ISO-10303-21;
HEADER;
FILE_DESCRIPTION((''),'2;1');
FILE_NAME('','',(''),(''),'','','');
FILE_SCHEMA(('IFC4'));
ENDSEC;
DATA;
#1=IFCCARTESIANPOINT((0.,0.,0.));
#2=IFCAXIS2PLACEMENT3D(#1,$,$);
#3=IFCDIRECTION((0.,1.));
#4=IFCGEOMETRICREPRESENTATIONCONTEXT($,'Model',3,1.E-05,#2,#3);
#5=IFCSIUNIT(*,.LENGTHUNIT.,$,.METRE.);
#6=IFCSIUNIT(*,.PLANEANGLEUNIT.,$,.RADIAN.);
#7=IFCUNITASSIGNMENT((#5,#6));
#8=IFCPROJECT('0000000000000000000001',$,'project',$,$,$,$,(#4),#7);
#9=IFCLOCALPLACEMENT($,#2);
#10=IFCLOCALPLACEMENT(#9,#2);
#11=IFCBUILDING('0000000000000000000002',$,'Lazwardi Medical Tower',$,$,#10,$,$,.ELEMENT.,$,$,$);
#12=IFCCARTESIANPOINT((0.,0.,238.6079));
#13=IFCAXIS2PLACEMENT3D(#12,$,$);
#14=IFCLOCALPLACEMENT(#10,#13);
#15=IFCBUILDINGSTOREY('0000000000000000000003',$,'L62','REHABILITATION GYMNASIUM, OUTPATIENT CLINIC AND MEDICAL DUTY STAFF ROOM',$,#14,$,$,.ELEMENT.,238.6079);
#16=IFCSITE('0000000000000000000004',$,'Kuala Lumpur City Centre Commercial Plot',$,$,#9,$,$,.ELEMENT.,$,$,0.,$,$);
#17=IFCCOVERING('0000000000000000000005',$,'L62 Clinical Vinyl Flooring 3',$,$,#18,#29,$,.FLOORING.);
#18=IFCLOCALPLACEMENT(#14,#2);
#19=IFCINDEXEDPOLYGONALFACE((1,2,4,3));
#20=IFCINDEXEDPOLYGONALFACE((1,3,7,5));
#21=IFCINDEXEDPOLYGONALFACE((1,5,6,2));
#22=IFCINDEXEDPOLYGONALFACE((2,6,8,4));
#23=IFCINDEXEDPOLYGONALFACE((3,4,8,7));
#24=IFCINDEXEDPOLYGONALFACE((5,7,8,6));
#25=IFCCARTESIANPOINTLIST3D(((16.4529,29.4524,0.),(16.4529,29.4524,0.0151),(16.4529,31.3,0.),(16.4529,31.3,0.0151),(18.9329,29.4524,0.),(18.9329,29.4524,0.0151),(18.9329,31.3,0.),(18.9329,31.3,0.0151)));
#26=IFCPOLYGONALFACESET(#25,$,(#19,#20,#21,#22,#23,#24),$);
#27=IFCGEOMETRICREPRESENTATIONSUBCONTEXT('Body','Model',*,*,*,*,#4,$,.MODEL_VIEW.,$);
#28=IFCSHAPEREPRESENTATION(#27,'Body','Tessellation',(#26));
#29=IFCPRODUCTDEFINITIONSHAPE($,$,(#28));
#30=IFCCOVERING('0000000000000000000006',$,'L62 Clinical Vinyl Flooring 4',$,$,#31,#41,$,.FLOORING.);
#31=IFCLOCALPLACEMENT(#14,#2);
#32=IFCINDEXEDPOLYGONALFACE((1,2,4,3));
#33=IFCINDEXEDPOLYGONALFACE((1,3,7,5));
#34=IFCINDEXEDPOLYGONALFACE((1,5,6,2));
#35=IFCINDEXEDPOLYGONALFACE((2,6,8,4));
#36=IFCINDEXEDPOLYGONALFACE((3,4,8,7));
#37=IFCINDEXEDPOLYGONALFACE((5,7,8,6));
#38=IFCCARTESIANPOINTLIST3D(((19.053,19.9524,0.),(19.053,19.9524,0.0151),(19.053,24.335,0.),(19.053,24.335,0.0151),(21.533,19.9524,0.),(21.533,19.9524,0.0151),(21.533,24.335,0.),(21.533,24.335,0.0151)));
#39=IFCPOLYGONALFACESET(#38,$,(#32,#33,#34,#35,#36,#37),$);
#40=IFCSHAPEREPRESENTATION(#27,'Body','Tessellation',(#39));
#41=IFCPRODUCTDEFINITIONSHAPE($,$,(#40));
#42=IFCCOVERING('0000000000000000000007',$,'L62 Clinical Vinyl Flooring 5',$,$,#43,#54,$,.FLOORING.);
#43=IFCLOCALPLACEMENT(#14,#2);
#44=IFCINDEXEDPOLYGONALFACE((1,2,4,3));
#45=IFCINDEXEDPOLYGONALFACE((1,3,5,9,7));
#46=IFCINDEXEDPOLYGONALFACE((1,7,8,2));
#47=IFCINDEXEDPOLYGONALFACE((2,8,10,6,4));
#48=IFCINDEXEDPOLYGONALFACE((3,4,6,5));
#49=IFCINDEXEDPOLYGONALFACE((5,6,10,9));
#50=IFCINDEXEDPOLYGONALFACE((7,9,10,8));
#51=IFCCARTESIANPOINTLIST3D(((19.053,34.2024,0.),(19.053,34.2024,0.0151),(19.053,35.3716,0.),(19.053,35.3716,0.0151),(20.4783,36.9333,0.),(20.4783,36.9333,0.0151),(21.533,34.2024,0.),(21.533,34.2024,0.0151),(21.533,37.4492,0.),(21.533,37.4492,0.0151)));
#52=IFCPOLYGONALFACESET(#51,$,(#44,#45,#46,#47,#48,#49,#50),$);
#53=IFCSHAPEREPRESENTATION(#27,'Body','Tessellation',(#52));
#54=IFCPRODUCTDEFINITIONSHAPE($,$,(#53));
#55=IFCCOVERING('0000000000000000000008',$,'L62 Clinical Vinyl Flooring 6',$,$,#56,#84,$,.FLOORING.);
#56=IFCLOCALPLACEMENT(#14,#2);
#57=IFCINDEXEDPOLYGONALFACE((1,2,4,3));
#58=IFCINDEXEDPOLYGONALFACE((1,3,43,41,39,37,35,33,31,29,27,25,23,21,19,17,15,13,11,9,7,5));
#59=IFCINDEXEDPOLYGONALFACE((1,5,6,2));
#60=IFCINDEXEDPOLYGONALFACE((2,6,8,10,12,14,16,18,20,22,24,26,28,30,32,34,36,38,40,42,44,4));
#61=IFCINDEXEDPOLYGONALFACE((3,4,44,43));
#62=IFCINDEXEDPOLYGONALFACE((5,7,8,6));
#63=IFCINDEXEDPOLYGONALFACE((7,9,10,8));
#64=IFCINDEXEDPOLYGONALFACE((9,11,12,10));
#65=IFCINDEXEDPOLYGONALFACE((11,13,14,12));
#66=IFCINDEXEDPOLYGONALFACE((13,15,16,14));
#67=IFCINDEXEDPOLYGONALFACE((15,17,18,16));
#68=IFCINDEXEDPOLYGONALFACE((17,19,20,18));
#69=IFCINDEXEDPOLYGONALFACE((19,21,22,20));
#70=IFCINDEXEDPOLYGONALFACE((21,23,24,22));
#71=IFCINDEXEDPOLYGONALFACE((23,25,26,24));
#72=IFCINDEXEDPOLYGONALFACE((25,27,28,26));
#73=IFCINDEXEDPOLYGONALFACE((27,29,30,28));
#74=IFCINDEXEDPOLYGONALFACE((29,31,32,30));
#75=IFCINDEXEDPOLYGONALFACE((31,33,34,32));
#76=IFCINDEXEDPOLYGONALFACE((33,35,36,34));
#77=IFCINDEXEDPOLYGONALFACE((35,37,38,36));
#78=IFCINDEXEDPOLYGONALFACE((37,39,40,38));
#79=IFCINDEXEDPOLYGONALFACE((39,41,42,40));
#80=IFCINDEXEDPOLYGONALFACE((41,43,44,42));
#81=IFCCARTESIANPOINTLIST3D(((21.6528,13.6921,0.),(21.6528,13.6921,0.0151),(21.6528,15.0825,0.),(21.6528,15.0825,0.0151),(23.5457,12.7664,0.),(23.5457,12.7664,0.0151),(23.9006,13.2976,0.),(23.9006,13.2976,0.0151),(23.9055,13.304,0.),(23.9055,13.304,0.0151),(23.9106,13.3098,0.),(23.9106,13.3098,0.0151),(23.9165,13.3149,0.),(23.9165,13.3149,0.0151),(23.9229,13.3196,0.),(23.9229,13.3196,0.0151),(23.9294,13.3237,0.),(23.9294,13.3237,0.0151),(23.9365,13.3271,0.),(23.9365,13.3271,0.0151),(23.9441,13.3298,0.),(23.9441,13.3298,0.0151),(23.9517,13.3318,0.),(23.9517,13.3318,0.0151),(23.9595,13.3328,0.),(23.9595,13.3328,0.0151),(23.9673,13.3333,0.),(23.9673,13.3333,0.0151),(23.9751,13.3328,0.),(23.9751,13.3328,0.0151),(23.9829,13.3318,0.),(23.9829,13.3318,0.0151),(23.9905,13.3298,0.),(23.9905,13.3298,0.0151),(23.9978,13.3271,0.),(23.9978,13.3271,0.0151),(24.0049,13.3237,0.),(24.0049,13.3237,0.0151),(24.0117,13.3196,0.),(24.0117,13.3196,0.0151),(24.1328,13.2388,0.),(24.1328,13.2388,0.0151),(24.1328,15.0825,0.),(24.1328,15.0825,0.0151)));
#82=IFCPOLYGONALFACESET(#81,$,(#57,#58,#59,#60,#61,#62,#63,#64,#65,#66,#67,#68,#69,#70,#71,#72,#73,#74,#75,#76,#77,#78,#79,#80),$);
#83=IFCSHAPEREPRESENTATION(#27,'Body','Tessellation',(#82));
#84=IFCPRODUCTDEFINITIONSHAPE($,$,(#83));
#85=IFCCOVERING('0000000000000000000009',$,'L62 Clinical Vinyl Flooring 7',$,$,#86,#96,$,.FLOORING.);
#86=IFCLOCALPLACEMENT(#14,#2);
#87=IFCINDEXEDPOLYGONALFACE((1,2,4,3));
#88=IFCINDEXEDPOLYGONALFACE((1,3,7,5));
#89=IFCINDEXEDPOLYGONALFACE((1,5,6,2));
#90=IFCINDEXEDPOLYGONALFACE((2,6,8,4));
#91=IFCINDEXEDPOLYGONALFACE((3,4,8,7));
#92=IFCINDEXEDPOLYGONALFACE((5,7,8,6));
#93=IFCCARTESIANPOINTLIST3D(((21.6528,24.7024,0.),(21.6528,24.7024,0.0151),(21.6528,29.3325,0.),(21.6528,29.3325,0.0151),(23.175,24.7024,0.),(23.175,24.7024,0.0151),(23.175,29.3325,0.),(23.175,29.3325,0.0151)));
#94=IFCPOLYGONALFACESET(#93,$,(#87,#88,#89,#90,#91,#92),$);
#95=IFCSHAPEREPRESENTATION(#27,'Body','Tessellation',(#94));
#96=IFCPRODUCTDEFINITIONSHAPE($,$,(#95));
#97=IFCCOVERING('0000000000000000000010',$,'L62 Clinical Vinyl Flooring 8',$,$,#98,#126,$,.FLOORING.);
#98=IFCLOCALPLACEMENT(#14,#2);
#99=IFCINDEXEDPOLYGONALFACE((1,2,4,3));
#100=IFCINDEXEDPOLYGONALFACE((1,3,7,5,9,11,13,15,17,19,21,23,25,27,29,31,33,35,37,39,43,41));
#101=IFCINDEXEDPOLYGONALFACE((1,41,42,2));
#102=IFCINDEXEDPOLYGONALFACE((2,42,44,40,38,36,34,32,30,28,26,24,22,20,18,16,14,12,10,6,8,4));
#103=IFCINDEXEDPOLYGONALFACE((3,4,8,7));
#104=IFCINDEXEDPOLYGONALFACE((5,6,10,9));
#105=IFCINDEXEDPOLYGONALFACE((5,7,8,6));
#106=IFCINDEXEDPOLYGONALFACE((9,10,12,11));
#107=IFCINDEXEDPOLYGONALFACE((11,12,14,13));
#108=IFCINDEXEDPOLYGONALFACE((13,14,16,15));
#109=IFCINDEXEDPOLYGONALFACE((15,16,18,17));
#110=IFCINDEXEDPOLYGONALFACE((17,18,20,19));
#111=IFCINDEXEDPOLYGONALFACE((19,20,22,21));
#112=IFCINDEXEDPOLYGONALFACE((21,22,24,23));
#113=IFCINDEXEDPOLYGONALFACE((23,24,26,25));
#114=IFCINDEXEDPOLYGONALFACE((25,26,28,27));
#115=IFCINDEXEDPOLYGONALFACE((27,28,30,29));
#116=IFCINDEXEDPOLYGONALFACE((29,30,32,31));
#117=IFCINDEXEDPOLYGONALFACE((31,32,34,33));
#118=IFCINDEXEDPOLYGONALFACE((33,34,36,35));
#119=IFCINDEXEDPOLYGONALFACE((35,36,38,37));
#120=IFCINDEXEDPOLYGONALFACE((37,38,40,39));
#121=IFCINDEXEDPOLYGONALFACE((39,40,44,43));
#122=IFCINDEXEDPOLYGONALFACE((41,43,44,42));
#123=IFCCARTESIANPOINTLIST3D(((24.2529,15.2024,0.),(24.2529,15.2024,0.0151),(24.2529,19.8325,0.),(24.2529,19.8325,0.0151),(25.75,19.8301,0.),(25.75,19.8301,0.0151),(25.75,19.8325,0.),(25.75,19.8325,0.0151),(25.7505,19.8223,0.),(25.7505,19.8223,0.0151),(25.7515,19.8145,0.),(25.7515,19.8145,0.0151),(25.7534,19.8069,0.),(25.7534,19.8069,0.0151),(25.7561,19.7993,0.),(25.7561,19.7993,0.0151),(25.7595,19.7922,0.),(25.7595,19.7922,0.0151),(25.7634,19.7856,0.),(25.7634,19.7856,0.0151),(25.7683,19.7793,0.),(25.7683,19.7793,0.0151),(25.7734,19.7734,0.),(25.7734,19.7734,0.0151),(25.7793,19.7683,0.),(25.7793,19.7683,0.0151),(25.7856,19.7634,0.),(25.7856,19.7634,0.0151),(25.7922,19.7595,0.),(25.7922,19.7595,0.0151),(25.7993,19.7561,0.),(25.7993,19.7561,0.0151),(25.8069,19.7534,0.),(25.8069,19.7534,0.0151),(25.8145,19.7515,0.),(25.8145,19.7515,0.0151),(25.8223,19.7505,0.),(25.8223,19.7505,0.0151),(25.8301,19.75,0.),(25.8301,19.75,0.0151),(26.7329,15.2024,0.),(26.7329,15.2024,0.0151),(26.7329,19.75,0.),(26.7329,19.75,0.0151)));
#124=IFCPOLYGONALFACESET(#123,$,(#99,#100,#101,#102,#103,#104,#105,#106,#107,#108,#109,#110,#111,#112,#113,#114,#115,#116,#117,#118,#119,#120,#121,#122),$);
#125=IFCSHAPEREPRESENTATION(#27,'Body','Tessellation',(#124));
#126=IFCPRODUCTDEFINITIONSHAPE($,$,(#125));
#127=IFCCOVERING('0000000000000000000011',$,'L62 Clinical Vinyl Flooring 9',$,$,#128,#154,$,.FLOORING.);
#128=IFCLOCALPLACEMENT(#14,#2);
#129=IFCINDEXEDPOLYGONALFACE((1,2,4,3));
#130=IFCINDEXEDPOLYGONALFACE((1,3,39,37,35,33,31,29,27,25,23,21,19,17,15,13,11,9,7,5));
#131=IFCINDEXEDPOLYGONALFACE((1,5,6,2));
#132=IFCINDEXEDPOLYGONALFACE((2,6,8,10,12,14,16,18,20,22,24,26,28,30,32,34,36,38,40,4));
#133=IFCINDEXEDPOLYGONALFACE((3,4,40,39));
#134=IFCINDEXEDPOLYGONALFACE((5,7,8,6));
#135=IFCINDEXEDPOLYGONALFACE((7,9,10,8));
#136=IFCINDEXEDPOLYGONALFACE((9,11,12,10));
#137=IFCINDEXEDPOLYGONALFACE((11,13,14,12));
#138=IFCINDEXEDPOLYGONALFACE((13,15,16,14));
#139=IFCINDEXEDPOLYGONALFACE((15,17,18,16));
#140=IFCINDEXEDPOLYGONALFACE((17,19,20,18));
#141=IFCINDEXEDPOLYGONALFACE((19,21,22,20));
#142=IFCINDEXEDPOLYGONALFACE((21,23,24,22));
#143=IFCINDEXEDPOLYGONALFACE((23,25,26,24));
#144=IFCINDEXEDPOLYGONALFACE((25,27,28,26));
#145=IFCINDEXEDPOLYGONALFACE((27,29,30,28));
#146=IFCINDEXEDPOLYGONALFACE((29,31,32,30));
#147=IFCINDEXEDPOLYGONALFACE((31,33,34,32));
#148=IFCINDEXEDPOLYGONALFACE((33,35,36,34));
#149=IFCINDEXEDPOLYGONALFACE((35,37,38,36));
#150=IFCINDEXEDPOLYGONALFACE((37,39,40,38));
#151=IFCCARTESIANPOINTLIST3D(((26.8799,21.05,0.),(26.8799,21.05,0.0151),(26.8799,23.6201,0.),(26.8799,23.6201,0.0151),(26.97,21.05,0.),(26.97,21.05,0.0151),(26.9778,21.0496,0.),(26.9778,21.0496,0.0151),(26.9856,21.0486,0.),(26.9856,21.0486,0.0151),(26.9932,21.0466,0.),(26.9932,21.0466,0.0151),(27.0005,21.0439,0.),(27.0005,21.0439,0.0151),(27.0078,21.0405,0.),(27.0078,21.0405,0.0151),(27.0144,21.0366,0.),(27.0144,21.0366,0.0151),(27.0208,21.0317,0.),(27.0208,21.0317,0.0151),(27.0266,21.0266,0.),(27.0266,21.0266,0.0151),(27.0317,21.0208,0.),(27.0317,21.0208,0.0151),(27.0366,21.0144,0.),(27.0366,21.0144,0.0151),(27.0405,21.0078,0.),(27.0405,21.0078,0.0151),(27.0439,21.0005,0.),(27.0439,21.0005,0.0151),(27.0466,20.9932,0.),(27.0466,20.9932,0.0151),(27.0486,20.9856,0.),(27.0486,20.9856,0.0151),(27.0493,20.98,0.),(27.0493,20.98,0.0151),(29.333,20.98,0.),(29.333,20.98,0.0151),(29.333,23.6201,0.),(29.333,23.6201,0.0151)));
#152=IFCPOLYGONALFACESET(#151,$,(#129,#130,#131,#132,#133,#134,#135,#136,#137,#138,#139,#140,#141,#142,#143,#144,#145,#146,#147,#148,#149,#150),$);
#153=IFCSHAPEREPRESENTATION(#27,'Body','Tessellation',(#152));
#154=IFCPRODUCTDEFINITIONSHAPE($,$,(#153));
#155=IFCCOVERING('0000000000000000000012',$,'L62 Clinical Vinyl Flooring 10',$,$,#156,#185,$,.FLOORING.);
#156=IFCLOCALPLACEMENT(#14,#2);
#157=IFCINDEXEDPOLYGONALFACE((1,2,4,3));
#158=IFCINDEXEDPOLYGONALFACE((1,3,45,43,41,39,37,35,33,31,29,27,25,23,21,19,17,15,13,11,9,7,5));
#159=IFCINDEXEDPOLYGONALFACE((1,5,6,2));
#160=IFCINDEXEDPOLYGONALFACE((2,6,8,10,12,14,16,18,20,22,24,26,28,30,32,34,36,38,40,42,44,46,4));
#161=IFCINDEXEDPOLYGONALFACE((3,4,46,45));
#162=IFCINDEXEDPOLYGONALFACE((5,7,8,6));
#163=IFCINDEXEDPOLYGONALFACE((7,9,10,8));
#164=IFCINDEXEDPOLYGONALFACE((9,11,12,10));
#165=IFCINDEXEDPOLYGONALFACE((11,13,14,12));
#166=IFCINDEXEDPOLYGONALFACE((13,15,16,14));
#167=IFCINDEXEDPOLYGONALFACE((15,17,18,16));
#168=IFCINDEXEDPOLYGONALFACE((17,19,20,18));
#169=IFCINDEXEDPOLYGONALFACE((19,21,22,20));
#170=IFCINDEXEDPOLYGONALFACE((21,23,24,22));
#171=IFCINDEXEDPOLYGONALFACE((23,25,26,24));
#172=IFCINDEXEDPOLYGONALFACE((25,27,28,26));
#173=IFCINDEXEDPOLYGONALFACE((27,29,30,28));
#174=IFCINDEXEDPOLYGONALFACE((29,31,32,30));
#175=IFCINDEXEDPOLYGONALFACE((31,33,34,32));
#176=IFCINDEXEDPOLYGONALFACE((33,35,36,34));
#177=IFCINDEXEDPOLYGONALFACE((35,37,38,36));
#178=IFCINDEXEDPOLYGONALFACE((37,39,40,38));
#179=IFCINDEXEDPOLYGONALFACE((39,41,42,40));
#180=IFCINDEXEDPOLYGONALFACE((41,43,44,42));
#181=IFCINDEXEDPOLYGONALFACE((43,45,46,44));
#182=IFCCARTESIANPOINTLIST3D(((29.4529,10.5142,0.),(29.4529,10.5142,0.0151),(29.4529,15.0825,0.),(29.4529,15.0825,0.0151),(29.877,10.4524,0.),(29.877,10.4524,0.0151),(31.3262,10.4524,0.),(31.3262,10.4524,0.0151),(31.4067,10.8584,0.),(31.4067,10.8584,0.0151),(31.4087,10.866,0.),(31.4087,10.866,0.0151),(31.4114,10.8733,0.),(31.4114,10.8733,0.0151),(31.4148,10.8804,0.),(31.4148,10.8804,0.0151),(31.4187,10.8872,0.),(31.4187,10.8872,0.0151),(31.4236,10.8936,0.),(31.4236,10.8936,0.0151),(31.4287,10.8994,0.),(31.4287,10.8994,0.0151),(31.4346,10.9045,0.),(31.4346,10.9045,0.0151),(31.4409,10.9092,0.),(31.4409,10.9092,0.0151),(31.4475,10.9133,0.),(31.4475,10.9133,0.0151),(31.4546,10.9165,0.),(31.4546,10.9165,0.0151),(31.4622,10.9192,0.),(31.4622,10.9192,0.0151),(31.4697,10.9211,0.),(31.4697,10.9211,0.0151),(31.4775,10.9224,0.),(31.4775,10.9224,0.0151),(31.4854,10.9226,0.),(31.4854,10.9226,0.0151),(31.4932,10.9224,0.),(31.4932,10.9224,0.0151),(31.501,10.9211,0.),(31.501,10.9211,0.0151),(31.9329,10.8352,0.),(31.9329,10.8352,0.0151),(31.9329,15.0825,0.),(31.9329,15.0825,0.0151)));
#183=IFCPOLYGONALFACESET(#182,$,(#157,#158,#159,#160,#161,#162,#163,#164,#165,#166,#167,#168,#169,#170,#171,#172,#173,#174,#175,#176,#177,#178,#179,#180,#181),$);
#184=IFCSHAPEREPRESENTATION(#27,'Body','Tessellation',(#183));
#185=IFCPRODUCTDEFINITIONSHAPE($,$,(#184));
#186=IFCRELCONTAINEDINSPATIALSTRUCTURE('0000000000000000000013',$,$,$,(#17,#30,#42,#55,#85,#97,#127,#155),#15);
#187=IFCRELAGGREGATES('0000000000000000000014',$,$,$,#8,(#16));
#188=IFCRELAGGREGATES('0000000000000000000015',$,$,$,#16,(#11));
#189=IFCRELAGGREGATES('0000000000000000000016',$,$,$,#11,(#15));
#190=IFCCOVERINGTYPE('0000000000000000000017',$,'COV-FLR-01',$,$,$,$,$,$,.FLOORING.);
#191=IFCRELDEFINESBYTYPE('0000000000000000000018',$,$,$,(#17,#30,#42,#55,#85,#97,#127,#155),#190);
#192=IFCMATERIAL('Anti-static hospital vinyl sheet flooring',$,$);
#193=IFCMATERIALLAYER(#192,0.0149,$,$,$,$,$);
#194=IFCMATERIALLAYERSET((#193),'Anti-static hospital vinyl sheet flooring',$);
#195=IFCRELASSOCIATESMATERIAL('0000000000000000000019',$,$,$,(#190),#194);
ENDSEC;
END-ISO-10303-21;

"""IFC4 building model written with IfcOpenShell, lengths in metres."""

from ifc_helpers import new_model, si_unit, direction, frame, origin, place, context, subcontext, project, spatial, polyline, outline, extrude, material, layer, layer_set, type_object, element, save


model = new_model("IFC4")

# Units and contexts
model_context = context("Model", 3, precision=1e-05, world=origin(), true_north=direction((0.0, 1.0)))
body_context = subcontext(model_context, "Body", "Model", "MODEL_VIEW")
ifc_project = project(units=[si_unit("LENGTHUNIT", "METRE"), si_unit("PLANEANGLEUNIT", "RADIAN")], contexts=[model_context])

# Site, building, storey
site_placement = place(None, origin())
site = spatial("IfcSite", under=ifc_project, at=site_placement, Name="Kuala Lumpur City Centre Commercial Plot", CompositionType="ELEMENT", RefElevation=0.0)
building_placement = place(site_placement, origin())
building = spatial("IfcBuilding", under=site, at=building_placement, Name="Lazwardi Medical Tower", CompositionType="ELEMENT")
storey_placement = place(building_placement, frame((0.0, 0.0, 238.6079)))
storey = spatial("IfcBuildingStorey", under=building, at=storey_placement, Name="L62", Description="REHABILITATION GYMNASIUM, OUTPATIENT CLINIC AND MEDICAL DUTY STAFF ROOM", CompositionType="ELEMENT", Elevation=238.6079)

# Coverings
ifc_material_1 = material(Name="Anti-static hospital vinyl sheet flooring")
ifc_layer_1 = layer(ifc_material_1, 0.0149)
ifc_layer_set_1 = layer_set([ifc_layer_1], Name="Anti-static hospital vinyl sheet flooring")
covering_type_1 = type_object("IfcCoveringType", Name="COV-FLR-01", PredefinedType="FLOORING", material=ifc_layer_set_1)
covering_1_placement = place(storey_placement, origin())
element("IfcCovering", 1, at=covering_1_placement, inside=storey, type_object=covering_type_1, Name="L62 Clinical Vinyl Flooring 3", PredefinedType="FLOORING", context=body_context, shape_type="SweptSolid", body=[
    extrude(outline(polyline([(18.9329, 31.3), (16.4529, 31.3), (16.4529, 29.4524), (18.9329, 29.4524), (18.9329, 31.3)])), origin(), (0.0, 0.0, 1.0), 0.0151),
])
covering_2_placement = place(storey_placement, origin())
element("IfcCovering", 2, at=covering_2_placement, inside=storey, type_object=covering_type_1, Name="L62 Clinical Vinyl Flooring 4", PredefinedType="FLOORING", context=body_context, shape_type="SweptSolid", body=[
    extrude(outline(polyline([(21.533, 24.335), (19.053, 24.335), (19.053, 19.9524), (21.533, 19.9524), (21.533, 24.335)])), origin(), (0.0, 0.0, 1.0), 0.0151),
])
covering_3_placement = place(storey_placement, origin())
element("IfcCovering", 3, at=covering_3_placement, inside=storey, type_object=covering_type_1, Name="L62 Clinical Vinyl Flooring 5", PredefinedType="FLOORING", context=body_context, shape_type="SweptSolid", body=[
    extrude(outline(polyline([(21.533, 37.4492), (20.4783, 36.9333), (19.053, 35.3716), (19.053, 34.2024), (21.533, 34.2024), (21.533, 37.4492)])), origin(), (0.0, 0.0, 1.0), 0.0151),
])
covering_4_placement = place(storey_placement, origin())
element("IfcCovering", 4, at=covering_4_placement, inside=storey, type_object=covering_type_1, Name="L62 Clinical Vinyl Flooring 6", PredefinedType="FLOORING", context=body_context, shape_type="SweptSolid", body=[
    extrude(outline(polyline([(21.6528, 13.6921), (23.5457, 12.7664), (23.9006, 13.2976), (23.9055, 13.304), (23.9106, 13.3098), (23.9165, 13.3149), (23.9229, 13.3196), (23.9294, 13.3237), (23.9365, 13.3271), (23.9441, 13.3298), (23.9517, 13.3318), (23.9595, 13.3328), (23.9673, 13.3333), (23.9751, 13.3328), (23.9829, 13.3318), (23.9905, 13.3298), (23.9978, 13.3271), (24.0049, 13.3237), (24.0117, 13.3196), (24.1328, 13.2388), (24.1328, 15.0825), (21.6528, 15.0825), (21.6528, 13.6921)])), origin(), (0.0, 0.0, 1.0), 0.0151),
])
covering_5_placement = place(storey_placement, origin())
element("IfcCovering", 5, at=covering_5_placement, inside=storey, type_object=covering_type_1, Name="L62 Clinical Vinyl Flooring 7", PredefinedType="FLOORING", context=body_context, shape_type="SweptSolid", body=[
    extrude(outline(polyline([(23.175, 24.7024), (23.175, 29.3325), (21.6528, 29.3325), (21.6528, 24.7024), (23.175, 24.7024)])), origin(), (0.0, 0.0, 1.0), 0.0151),
])
covering_6_placement = place(storey_placement, origin())
element("IfcCovering", 6, at=covering_6_placement, inside=storey, type_object=covering_type_1, Name="L62 Clinical Vinyl Flooring 8", PredefinedType="FLOORING", context=body_context, shape_type="SweptSolid", body=[
    extrude(outline(polyline([(26.7329, 19.75), (25.8301, 19.75), (25.8223, 19.7505), (25.8145, 19.7515), (25.8069, 19.7534), (25.7993, 19.7561), (25.7922, 19.7595), (25.7856, 19.7634), (25.7793, 19.7683), (25.7734, 19.7734), (25.7683, 19.7793), (25.7634, 19.7856), (25.7595, 19.7922), (25.7561, 19.7993), (25.7534, 19.8069), (25.7515, 19.8145), (25.7505, 19.8223), (25.75, 19.8301), (25.75, 19.8325), (24.2529, 19.8325), (24.2529, 15.2024), (26.7329, 15.2024), (26.7329, 19.75)])), origin(), (0.0, 0.0, 1.0), 0.0151),
])
covering_7_placement = place(storey_placement, origin())
element("IfcCovering", 7, at=covering_7_placement, inside=storey, type_object=covering_type_1, Name="L62 Clinical Vinyl Flooring 9", PredefinedType="FLOORING", context=body_context, shape_type="SweptSolid", body=[
    extrude(outline(polyline([(29.333, 23.6201), (26.8799, 23.6201), (26.8799, 21.05), (26.97, 21.05), (26.9778, 21.0496), (26.9856, 21.0486), (26.9932, 21.0466), (27.0005, 21.0439), (27.0078, 21.0405), (27.0144, 21.0366), (27.0208, 21.0317), (27.0266, 21.0266), (27.0317, 21.0208), (27.0366, 21.0144), (27.0405, 21.0078), (27.0439, 21.0005), (27.0466, 20.9932), (27.0486, 20.9856), (27.0493, 20.98), (29.333, 20.98), (29.333, 23.6201)])), origin(), (0.0, 0.0, 1.0), 0.0151),
])
covering_8_placement = place(storey_placement, origin())
element("IfcCovering", 8, at=covering_8_placement, inside=storey, type_object=covering_type_1, Name="L62 Clinical Vinyl Flooring 10", PredefinedType="FLOORING", context=body_context, shape_type="SweptSolid", body=[
    extrude(outline(polyline([(29.4529, 10.5142), (29.877, 10.4524), (31.3262, 10.4524), (31.4067, 10.8584), (31.4087, 10.866), (31.4114, 10.8733), (31.4148, 10.8804), (31.4187, 10.8872), (31.4236, 10.8936), (31.4287, 10.8994), (31.4346, 10.9045), (31.4409, 10.9092), (31.4475, 10.9133), (31.4546, 10.9165), (31.4622, 10.9192), (31.4697, 10.9211), (31.4775, 10.9224), (31.4854, 10.9226), (31.4932, 10.9224), (31.501, 10.9211), (31.9329, 10.8352), (31.9329, 15.0825), (29.4529, 15.0825), (29.4529, 10.5142)])), origin(), (0.0, 0.0, 1.0), 0.0151),
])

save(model, "model.ifc")
